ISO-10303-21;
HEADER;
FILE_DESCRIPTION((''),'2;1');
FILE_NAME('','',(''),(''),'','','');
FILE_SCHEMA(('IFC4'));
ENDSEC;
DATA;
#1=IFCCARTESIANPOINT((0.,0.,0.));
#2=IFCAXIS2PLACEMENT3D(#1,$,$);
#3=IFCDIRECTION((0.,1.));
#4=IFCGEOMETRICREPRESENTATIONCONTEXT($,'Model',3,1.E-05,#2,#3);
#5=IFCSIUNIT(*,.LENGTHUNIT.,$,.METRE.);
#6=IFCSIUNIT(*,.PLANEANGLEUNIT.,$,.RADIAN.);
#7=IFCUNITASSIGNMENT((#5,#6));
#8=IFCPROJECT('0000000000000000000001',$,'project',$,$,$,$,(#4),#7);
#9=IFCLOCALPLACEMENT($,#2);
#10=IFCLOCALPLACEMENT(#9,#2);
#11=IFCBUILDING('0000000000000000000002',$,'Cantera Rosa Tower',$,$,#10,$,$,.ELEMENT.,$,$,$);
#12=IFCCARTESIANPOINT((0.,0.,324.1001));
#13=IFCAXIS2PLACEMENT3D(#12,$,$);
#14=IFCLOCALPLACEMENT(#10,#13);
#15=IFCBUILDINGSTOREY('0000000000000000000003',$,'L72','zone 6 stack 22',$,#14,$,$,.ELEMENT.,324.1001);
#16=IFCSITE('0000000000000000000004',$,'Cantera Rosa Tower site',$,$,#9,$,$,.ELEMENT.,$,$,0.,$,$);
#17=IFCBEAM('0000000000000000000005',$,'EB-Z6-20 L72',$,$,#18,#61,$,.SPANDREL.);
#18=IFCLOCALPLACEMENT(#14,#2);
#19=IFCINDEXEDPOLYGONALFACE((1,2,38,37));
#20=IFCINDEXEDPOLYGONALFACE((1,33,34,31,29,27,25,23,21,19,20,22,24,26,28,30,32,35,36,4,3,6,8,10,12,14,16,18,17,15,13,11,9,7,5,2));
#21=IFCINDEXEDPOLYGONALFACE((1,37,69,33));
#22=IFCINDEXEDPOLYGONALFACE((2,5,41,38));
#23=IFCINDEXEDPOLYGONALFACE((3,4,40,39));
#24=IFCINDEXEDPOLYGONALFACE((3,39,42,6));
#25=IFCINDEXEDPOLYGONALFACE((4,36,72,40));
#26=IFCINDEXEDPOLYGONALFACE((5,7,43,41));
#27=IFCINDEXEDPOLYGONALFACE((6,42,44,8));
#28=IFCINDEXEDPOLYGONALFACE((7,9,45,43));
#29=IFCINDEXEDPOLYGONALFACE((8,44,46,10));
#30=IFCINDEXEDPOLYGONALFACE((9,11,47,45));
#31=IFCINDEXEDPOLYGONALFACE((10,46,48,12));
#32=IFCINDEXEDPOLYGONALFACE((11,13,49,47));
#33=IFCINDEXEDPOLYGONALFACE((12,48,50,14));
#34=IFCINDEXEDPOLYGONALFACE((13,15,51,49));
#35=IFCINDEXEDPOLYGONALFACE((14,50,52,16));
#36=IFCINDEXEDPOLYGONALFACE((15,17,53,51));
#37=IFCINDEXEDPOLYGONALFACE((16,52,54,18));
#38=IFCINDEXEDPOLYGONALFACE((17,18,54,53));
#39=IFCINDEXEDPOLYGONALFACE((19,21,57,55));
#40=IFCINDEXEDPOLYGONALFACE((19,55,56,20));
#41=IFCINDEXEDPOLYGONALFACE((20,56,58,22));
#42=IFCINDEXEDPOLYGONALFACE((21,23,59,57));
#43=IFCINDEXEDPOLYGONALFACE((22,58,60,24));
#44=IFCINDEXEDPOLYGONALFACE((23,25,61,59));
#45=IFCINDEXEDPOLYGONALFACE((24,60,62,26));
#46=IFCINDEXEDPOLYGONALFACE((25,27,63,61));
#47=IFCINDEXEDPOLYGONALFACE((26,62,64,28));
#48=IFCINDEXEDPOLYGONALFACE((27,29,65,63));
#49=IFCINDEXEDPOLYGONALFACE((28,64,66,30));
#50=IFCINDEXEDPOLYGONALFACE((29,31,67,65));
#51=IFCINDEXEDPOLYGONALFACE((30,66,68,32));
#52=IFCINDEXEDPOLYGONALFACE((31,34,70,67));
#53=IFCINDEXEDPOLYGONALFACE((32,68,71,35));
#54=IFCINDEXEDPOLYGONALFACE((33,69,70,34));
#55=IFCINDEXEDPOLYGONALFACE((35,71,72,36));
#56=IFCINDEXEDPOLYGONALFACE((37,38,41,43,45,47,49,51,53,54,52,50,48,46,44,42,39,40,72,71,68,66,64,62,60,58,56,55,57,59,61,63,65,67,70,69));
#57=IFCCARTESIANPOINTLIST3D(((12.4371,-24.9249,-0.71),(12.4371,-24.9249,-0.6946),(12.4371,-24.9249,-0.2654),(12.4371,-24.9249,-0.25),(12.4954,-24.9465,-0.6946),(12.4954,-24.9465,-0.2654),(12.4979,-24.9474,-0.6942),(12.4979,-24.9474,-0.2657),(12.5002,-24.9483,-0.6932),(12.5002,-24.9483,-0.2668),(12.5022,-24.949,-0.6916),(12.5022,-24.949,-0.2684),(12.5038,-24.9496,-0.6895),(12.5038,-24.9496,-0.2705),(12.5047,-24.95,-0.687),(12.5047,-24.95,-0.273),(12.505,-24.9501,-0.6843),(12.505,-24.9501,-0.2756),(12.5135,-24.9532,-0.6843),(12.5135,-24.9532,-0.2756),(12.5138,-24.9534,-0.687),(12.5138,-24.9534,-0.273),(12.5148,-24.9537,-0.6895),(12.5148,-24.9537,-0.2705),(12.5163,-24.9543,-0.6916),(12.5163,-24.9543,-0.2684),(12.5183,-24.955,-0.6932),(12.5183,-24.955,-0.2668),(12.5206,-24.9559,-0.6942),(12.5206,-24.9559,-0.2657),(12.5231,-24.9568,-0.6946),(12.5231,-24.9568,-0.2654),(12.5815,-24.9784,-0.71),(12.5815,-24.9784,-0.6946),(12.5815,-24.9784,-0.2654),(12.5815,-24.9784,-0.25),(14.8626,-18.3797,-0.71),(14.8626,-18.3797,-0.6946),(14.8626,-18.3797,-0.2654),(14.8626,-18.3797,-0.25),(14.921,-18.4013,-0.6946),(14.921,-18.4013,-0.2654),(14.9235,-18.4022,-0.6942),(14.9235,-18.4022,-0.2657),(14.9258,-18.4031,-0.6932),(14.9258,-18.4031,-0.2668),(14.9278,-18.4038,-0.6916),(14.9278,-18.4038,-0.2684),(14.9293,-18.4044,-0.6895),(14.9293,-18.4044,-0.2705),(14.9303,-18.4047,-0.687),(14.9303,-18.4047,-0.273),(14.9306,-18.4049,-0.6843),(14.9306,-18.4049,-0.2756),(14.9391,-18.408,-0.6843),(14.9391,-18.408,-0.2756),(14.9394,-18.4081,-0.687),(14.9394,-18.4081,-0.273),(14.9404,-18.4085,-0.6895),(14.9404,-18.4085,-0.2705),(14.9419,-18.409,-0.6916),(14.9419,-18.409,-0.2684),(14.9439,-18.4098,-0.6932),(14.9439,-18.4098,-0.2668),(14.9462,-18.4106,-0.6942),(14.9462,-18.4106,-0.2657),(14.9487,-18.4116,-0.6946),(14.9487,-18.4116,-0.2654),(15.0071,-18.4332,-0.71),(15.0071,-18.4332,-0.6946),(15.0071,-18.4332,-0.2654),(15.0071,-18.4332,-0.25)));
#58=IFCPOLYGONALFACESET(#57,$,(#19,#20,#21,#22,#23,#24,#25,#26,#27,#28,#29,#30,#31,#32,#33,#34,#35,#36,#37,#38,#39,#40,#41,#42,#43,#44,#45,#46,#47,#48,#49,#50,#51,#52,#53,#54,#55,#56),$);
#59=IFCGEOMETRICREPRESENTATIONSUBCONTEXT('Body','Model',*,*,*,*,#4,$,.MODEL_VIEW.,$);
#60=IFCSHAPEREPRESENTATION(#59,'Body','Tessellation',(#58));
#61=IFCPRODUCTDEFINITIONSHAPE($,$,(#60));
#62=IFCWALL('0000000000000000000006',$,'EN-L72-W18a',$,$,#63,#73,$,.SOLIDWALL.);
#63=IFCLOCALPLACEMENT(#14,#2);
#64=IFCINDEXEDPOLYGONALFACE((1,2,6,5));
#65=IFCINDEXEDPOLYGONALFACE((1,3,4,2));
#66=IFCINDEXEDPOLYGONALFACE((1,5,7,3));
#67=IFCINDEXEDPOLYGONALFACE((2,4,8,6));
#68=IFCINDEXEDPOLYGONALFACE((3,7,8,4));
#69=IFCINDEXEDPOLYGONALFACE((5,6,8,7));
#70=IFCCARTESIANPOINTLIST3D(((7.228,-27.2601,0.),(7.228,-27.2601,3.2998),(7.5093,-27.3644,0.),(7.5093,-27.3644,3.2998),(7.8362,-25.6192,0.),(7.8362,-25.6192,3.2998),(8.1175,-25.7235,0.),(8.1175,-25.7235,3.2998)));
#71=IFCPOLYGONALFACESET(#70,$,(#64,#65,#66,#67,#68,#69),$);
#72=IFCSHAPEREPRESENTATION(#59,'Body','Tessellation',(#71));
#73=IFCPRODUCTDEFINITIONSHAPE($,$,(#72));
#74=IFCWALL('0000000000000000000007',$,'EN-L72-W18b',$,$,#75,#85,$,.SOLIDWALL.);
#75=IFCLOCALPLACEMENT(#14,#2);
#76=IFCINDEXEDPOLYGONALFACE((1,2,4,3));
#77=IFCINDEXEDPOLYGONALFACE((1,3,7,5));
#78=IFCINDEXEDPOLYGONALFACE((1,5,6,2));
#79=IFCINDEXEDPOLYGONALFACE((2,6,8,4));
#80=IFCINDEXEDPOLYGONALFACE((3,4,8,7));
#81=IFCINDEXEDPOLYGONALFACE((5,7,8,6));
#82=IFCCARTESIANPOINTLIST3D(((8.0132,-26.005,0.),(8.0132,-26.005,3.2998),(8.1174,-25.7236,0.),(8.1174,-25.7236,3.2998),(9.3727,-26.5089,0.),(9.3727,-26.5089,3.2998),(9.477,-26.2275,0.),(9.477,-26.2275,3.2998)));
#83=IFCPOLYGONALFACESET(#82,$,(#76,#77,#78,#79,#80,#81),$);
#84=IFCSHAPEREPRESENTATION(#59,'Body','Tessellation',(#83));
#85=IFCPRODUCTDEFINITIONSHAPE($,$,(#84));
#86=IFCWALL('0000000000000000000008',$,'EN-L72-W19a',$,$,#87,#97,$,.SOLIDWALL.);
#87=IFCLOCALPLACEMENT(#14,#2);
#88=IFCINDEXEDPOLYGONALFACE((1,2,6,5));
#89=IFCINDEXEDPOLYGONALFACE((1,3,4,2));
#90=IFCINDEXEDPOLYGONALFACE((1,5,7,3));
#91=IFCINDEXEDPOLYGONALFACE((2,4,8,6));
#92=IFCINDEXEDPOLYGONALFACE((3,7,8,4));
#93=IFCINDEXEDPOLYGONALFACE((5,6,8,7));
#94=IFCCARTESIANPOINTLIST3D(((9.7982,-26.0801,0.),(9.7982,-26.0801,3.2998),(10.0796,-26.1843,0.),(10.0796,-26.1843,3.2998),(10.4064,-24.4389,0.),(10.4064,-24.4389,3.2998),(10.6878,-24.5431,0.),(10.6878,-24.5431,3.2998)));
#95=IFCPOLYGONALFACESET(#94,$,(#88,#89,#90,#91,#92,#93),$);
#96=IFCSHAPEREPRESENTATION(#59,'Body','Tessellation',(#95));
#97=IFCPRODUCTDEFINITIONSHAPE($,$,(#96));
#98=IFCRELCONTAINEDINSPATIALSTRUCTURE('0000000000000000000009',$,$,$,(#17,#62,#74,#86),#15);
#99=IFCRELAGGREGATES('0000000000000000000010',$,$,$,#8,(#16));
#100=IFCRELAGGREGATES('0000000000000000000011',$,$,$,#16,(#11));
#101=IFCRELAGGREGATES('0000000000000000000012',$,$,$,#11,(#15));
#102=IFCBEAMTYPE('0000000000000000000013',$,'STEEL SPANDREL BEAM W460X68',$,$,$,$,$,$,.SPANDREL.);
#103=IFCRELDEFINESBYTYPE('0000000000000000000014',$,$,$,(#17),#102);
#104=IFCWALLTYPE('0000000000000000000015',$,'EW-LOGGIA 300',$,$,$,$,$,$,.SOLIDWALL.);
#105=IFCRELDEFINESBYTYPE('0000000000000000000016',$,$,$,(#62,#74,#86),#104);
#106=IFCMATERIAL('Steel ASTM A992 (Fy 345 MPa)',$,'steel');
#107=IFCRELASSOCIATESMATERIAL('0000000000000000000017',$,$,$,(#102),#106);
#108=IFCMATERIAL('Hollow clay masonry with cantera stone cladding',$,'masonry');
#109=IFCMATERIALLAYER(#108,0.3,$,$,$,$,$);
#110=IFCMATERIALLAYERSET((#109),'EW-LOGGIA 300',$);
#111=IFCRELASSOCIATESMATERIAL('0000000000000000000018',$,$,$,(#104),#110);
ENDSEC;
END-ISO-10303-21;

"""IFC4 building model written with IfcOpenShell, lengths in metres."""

from ifc_helpers import new_model, si_unit, direction, frame, frame_2d, origin, origin_2d, place, context, subcontext, project, spatial, rectangle, i_section, extrude, material, layer, layer_set, material_profile, profile_set, type_object, element, save


model = new_model("IFC4")

# Units and contexts
model_context = context("Model", 3, precision=1e-05, world=origin(), true_north=direction((0.0, 1.0)))
body_context = subcontext(model_context, "Body", "Model", "MODEL_VIEW")
ifc_project = project(units=[si_unit("LENGTHUNIT", "METRE"), si_unit("PLANEANGLEUNIT", "RADIAN")], contexts=[model_context])

# Site, building, storey
site_placement = place(None, origin())
site = spatial("IfcSite", under=ifc_project, at=site_placement, Name="Cantera Rosa Tower site", CompositionType="ELEMENT", RefElevation=0.0)
building_placement = place(site_placement, origin())
building = spatial("IfcBuilding", under=site, at=building_placement, Name="Cantera Rosa Tower", CompositionType="ELEMENT")
storey_placement = place(building_placement, frame((0.0, 0.0, 324.1001)))
storey = spatial("IfcBuildingStorey", under=building, at=storey_placement, Name="L72", Description="zone 6 stack 22", CompositionType="ELEMENT", Elevation=324.1001)

# Beam
ifc_material_1 = material(Name="Steel ASTM A992 (Fy 345 MPa)", Category="steel")
ifc_material_profile_1 = material_profile(ifc_material_1, i_section(OverallWidth=0.1541, OverallDepth=0.46, WebThickness=0.009, FlangeThickness=0.0154, FilletRadius=0.0103, at=origin_2d()), Name="W460X68")
ifc_profile_set_1 = profile_set([ifc_material_profile_1], Name="Steel ASTM A992 (Fy 345 MPa)")
beam_type_1 = type_object("IfcBeamType", Name="STEEL SPANDREL BEAM W460X68", PredefinedType="SPANDREL", material=ifc_profile_set_1)
beam_1_placement = place(storey_placement, frame((12.5093, -24.9517, -0.48), z_axis=(0.347491, 0.937683, 0.0), x_axis=(-0.937683, 0.347491, 0.0)))
element("IfcBeam", 1, at=beam_1_placement, inside=storey, type_object=beam_type_1, Name="EB-Z6-20 L72", PredefinedType="SPANDREL", context=body_context, shape_type="SweptSolid", body=[
    extrude(i_section(OverallWidth=0.1541, OverallDepth=0.46, WebThickness=0.009, FlangeThickness=0.0154, FilletRadius=0.0103, at=origin_2d()), origin(), (0.0, 0.0, 1.0), 6.9802),
])

# Walls
ifc_material_2 = material(Name="Hollow clay masonry with cantera stone cladding", Category="masonry")
ifc_layer_1 = layer(ifc_material_2, 0.3)
ifc_layer_set_1 = layer_set([ifc_layer_1], Name="EW-LOGGIA 300")
wall_type_1 = type_object("IfcWallType", Name="EW-LOGGIA 300", PredefinedType="SOLIDWALL", material=ifc_layer_set_1)
wall_1_placement = place(storey_placement, frame((7.3687, -27.3123, 0.0), z_axis=(0.0, 0.0, 1.0), x_axis=(0.347528, 0.93767, 0.0)))
element("IfcWall", 2, at=wall_1_placement, inside=storey, type_object=wall_type_1, Name="EN-L72-W18a", PredefinedType="SOLIDWALL", context=body_context, shape_type="SweptSolid", body=[
    extrude(rectangle(XDim=1.75, YDim=0.3, at=frame_2d((0.875, 0.0))), origin(), (0.0, 0.0, 1.0), 3.2998),
])
wall_2_placement = place(storey_placement, frame((8.0652, -25.8643, 0.0), z_axis=(0.0, 0.0, 1.0), x_axis=(0.937672, -0.347523, 0.0)))
element("IfcWall", 3, at=wall_2_placement, inside=storey, type_object=wall_type_1, Name="EN-L72-W18b", PredefinedType="SOLIDWALL", context=body_context, shape_type="SweptSolid", body=[
    extrude(rectangle(XDim=1.45, YDim=0.3, at=frame_2d((0.7251, 0.0))), origin(), (0.0, 0.0, 1.0), 3.2998),
])
wall_3_placement = place(storey_placement, frame((9.939, -26.1321, 0.0), z_axis=(0.0, 0.0, 1.0), x_axis=(0.347482, 0.937686, 0.0)))
element("IfcWall", 4, at=wall_3_placement, inside=storey, type_object=wall_type_1, Name="EN-L72-W19a", PredefinedType="SOLIDWALL", context=body_context, shape_type="SweptSolid", body=[
    extrude(rectangle(XDim=1.7502, YDim=0.3, at=frame_2d((0.875, 0.0))), origin(), (0.0, 0.0, 1.0), 3.2998),
])

save(model, "model.ifc")
